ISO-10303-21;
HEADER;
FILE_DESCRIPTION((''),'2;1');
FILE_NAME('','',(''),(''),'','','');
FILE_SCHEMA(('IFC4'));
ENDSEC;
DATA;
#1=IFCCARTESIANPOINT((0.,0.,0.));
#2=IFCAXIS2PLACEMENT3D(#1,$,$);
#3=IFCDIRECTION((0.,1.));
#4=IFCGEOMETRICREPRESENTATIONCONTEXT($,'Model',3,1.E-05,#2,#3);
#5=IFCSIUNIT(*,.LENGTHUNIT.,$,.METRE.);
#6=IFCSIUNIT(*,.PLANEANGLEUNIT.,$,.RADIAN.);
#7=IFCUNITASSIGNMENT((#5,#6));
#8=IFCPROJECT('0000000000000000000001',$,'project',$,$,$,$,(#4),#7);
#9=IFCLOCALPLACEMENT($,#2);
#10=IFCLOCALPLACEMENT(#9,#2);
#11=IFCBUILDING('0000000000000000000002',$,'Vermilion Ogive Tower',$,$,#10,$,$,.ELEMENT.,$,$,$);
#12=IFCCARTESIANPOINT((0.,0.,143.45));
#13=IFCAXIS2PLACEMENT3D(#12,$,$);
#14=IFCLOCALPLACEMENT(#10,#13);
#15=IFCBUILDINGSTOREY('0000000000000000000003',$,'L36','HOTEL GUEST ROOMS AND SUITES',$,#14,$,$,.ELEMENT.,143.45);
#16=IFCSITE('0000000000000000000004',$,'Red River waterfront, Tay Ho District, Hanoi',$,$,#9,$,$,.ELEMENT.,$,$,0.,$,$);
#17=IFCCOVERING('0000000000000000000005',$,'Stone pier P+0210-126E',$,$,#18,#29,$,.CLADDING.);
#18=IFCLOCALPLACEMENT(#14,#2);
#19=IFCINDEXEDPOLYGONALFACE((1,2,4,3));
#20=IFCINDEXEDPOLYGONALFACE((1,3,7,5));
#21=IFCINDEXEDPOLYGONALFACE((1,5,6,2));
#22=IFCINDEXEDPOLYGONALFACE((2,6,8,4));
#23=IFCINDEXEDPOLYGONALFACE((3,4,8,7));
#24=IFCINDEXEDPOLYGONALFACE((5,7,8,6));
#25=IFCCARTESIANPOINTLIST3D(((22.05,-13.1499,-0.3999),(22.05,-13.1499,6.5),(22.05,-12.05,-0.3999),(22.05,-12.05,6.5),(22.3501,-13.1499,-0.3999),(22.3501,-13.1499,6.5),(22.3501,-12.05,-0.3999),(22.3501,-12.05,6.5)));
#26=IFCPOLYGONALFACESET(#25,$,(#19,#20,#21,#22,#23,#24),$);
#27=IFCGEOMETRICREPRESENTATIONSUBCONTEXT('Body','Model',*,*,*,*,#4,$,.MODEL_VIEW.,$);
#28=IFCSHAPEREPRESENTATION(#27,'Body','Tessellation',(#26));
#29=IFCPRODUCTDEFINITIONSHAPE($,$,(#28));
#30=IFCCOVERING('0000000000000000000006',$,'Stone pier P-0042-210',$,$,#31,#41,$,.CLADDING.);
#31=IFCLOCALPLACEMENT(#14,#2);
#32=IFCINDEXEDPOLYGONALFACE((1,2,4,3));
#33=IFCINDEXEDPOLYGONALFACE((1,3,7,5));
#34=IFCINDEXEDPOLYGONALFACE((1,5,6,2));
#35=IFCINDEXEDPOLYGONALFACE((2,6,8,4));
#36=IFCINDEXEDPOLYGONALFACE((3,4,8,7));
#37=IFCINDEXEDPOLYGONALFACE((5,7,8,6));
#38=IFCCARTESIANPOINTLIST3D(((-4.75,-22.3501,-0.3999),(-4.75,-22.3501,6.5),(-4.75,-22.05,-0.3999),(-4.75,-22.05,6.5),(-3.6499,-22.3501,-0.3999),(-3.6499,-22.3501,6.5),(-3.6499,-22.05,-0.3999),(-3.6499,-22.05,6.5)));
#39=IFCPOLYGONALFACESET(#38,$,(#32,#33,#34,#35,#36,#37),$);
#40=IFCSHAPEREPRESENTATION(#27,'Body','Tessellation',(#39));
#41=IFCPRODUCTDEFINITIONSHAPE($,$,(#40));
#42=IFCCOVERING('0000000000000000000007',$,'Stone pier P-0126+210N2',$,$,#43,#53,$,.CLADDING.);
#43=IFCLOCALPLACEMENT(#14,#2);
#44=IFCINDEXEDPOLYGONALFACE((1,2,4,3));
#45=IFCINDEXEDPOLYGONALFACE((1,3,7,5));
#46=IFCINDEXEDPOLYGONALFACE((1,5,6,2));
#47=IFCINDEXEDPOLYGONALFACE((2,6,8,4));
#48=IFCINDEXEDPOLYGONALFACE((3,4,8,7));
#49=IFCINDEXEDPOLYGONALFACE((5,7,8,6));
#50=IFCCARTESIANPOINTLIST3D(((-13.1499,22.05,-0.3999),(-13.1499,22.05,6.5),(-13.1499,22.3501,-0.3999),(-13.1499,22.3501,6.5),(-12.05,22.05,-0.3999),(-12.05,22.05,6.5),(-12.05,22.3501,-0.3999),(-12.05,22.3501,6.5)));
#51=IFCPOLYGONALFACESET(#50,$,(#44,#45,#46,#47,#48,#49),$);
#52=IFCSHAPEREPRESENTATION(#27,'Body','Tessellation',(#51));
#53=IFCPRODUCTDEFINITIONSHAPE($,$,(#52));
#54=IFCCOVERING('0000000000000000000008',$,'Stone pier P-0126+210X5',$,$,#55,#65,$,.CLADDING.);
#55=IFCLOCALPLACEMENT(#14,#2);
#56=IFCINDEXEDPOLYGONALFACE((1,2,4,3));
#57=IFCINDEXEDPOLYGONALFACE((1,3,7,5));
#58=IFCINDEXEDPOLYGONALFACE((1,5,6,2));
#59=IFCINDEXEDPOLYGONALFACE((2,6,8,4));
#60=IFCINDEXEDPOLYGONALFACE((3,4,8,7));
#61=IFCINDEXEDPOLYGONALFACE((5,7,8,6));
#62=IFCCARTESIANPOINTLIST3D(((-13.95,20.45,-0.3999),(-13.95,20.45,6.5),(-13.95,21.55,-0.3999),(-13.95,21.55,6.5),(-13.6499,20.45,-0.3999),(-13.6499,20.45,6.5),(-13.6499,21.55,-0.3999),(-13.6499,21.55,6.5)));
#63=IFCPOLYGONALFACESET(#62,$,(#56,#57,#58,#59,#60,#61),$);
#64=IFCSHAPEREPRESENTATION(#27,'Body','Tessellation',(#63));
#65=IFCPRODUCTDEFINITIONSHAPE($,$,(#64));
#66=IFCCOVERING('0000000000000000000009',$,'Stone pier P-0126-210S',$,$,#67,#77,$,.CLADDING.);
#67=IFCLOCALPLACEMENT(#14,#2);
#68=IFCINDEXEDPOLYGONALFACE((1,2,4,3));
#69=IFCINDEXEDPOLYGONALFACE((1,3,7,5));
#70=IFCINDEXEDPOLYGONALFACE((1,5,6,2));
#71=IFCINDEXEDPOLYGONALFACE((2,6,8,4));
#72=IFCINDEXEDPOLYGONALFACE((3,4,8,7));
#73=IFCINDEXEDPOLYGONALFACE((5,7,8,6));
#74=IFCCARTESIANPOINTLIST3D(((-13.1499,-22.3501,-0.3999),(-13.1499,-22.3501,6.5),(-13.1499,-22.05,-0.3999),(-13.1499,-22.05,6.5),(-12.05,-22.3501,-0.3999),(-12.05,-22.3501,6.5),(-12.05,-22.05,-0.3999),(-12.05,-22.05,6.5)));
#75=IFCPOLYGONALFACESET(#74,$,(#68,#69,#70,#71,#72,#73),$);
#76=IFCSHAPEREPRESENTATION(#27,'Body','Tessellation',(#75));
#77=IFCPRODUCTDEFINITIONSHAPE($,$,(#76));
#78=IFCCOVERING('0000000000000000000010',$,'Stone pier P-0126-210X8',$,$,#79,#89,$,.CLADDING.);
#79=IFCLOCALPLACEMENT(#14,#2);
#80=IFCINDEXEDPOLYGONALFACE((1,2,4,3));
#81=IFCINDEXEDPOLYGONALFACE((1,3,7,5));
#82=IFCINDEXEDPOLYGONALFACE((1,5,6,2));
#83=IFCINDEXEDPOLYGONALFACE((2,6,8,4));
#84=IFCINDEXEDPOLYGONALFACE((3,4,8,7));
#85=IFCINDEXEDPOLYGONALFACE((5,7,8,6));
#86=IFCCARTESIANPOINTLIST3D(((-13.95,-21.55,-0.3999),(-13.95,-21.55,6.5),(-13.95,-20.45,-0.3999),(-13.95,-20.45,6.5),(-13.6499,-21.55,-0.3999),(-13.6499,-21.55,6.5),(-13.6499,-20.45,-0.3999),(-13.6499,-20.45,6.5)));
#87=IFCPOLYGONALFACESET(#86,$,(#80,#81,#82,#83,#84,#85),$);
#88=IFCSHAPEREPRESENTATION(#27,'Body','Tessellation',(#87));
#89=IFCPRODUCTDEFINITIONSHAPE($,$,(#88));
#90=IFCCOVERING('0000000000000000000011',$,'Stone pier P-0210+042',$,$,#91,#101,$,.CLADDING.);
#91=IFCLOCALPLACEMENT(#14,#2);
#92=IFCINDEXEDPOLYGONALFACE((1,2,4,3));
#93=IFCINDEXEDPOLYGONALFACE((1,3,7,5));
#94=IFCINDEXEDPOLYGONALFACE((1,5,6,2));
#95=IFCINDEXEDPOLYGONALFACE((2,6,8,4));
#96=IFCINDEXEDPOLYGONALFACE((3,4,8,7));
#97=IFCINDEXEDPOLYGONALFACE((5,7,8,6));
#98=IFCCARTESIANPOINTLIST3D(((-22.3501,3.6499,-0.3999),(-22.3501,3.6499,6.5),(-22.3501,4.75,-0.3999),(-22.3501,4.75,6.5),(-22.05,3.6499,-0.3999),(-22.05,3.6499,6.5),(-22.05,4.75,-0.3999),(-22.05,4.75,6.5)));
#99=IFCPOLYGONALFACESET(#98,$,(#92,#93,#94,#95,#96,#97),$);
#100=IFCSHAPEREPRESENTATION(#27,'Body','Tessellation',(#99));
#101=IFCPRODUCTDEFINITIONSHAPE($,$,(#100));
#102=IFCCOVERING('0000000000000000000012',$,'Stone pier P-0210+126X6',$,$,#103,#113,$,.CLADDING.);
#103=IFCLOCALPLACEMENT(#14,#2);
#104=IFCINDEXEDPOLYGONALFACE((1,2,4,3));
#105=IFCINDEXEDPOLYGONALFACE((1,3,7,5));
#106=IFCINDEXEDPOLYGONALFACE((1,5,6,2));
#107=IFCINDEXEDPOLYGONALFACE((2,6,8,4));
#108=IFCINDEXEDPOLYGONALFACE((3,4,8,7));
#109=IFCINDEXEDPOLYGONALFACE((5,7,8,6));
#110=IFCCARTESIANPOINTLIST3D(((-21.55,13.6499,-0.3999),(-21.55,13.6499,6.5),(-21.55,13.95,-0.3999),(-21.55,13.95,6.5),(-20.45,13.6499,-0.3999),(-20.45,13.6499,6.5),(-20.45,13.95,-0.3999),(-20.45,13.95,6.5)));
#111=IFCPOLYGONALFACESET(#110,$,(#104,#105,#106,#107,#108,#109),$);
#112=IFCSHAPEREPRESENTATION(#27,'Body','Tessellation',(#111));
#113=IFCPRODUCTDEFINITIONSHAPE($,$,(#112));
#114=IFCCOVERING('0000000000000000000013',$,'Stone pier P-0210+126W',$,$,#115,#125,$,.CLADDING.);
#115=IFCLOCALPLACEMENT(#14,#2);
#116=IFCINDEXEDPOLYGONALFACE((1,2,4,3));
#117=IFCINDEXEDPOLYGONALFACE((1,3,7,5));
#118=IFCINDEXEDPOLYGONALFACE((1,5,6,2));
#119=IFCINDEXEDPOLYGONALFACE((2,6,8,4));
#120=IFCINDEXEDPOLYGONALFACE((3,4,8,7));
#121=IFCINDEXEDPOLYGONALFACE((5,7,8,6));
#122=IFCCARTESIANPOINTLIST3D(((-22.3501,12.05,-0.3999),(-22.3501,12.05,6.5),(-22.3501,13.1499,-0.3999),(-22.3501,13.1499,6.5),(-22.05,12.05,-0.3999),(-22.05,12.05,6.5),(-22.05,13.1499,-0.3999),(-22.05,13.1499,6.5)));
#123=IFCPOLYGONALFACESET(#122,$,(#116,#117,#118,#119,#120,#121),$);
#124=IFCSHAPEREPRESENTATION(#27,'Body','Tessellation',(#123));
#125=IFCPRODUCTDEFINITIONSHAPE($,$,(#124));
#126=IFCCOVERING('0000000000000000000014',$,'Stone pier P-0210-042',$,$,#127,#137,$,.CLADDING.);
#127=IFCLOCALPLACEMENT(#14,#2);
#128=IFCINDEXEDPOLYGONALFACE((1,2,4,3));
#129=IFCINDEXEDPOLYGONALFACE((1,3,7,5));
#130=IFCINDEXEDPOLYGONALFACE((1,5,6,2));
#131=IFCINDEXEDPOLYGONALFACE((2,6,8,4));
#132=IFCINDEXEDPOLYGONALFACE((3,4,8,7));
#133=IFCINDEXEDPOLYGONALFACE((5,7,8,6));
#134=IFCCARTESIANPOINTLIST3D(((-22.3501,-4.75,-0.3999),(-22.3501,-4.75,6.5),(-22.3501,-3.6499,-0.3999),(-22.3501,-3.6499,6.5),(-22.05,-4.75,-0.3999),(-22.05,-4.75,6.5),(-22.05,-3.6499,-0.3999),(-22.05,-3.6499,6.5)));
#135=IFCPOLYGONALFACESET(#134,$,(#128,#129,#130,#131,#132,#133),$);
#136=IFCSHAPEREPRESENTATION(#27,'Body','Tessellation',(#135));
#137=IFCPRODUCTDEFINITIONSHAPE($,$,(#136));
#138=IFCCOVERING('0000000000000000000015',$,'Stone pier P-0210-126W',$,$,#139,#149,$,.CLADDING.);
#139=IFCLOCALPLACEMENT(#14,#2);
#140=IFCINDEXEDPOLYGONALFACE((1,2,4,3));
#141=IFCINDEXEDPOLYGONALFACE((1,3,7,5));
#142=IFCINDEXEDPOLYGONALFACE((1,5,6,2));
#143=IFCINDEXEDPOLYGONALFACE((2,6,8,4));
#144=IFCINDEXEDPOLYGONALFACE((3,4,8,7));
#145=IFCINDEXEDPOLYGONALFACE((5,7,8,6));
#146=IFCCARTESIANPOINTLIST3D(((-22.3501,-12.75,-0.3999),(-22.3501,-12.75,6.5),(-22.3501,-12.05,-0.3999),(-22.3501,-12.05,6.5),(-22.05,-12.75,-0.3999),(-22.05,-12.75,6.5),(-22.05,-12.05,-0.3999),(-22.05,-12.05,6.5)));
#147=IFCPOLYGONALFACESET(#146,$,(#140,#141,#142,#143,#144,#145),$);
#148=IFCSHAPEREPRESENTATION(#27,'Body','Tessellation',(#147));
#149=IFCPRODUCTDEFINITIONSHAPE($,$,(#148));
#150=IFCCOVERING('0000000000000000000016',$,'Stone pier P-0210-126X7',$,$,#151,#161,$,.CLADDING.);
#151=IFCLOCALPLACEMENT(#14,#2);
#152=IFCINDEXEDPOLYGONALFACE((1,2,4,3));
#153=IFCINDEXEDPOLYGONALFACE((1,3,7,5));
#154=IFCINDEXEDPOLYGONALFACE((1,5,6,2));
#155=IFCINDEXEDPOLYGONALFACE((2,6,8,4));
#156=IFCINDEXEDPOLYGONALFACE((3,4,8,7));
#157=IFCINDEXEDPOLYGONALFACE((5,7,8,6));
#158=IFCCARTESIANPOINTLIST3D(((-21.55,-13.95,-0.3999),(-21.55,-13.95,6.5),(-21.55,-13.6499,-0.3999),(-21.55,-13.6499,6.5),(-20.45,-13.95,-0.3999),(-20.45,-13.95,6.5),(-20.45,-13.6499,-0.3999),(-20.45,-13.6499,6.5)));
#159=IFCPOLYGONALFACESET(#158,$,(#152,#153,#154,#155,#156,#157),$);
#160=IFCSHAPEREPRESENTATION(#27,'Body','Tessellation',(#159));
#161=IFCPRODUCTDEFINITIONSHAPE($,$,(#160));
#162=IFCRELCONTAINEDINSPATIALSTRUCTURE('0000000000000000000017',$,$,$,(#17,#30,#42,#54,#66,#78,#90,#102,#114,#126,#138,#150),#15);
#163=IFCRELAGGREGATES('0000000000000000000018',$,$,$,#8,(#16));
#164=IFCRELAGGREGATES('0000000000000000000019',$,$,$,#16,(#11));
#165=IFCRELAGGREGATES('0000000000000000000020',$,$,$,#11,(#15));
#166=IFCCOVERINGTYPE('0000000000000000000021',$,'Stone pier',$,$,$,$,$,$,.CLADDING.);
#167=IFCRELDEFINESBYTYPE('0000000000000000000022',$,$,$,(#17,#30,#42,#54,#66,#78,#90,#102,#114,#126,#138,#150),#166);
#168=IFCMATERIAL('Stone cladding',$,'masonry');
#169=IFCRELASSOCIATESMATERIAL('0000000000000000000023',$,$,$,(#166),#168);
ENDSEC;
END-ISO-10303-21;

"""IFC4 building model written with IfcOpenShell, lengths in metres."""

from ifc_helpers import new_model, si_unit, direction, frame, origin, place, context, subcontext, project, spatial, polyline, outline, extrude, material, type_object, element, save


model = new_model("IFC4")

# Units and contexts
model_context = context("Model", 3, precision=1e-05, world=origin(), true_north=direction((0.0, 1.0)))
body_context = subcontext(model_context, "Body", "Model", "MODEL_VIEW")
ifc_project = project(units=[si_unit("LENGTHUNIT", "METRE"), si_unit("PLANEANGLEUNIT", "RADIAN")], contexts=[model_context])

# Site, building, storey
site_placement = place(None, origin())
site = spatial("IfcSite", under=ifc_project, at=site_placement, Name="Red River waterfront, Tay Ho District, Hanoi", CompositionType="ELEMENT", RefElevation=0.0)
building_placement = place(site_placement, origin())
building = spatial("IfcBuilding", under=site, at=building_placement, Name="Vermilion Ogive Tower", CompositionType="ELEMENT")
storey_placement = place(building_placement, frame((0.0, 0.0, 143.45)))
storey = spatial("IfcBuildingStorey", under=building, at=storey_placement, Name="L36", Description="HOTEL GUEST ROOMS AND SUITES", CompositionType="ELEMENT", Elevation=143.45)

# Coverings
ifc_material_1 = material(Name="Stone cladding", Category="masonry")
covering_type = type_object("IfcCoveringType", Name="Stone pier", PredefinedType="CLADDING", material=ifc_material_1)
covering_1_placement = place(storey_placement, frame((0.0, 0.0, -0.3999)))
element("IfcCovering", 1, at=covering_1_placement, inside=storey, type_object=covering_type, Name="Stone pier P+0210-126E", PredefinedType="CLADDING", context=body_context, shape_type="SweptSolid", body=[
    extrude(outline(polyline([(22.3501, -13.1499), (22.05, -13.1499), (22.05, -12.05), (22.3501, -12.05), (22.3501, -13.1499)])), origin(), (0.0, 0.0, 1.0), 6.8999),
])
covering_2_placement = place(storey_placement, frame((0.0, 0.0, -0.3999)))
element("IfcCovering", 2, at=covering_2_placement, inside=storey, type_object=covering_type, Name="Stone pier P-0042-210", PredefinedType="CLADDING", context=body_context, shape_type="SweptSolid", body=[
    extrude(outline(polyline([(-3.6499, -22.3501), (-4.75, -22.3501), (-4.75, -22.05), (-3.6499, -22.05), (-3.6499, -22.3501)])), origin(), (0.0, 0.0, 1.0), 6.8999),
])
covering_3_placement = place(storey_placement, frame((0.0, 0.0, -0.3999)))
element("IfcCovering", 3, at=covering_3_placement, inside=storey, type_object=covering_type, Name="Stone pier P-0126+210N2", PredefinedType="CLADDING", context=body_context, shape_type="SweptSolid", body=[
    extrude(outline(polyline([(-13.1499, 22.3501), (-12.05, 22.3501), (-12.05, 22.05), (-13.1499, 22.05), (-13.1499, 22.3501)])), origin(), (0.0, 0.0, 1.0), 6.8999),
])
covering_4_placement = place(storey_placement, frame((0.0, 0.0, -0.3999)))
element("IfcCovering", 4, at=covering_4_placement, inside=storey, type_object=covering_type, Name="Stone pier P-0126+210X5", PredefinedType="CLADDING", context=body_context, shape_type="SweptSolid", body=[
    extrude(outline(polyline([(-13.95, 21.55), (-13.6499, 21.55), (-13.6499, 20.45), (-13.95, 20.45), (-13.95, 21.55)])), origin(), (0.0, 0.0, 1.0), 6.8999),
])
covering_5_placement = place(storey_placement, frame((0.0, 0.0, -0.3999)))
element("IfcCovering", 5, at=covering_5_placement, inside=storey, type_object=covering_type, Name="Stone pier P-0126-210S", PredefinedType="CLADDING", context=body_context, shape_type="SweptSolid", body=[
    extrude(outline(polyline([(-12.05, -22.3501), (-13.1499, -22.3501), (-13.1499, -22.05), (-12.05, -22.05), (-12.05, -22.3501)])), origin(), (0.0, 0.0, 1.0), 6.8999),
])
covering_6_placement = place(storey_placement, frame((0.0, 0.0, -0.3999)))
element("IfcCovering", 6, at=covering_6_placement, inside=storey, type_object=covering_type, Name="Stone pier P-0126-210X8", PredefinedType="CLADDING", context=body_context, shape_type="SweptSolid", body=[
    extrude(outline(polyline([(-13.95, -20.45), (-13.6499, -20.45), (-13.6499, -21.55), (-13.95, -21.55), (-13.95, -20.45)])), origin(), (0.0, 0.0, 1.0), 6.8999),
])
covering_7_placement = place(storey_placement, frame((0.0, 0.0, -0.3999)))
element("IfcCovering", 7, at=covering_7_placement, inside=storey, type_object=covering_type, Name="Stone pier P-0210+042", PredefinedType="CLADDING", context=body_context, shape_type="SweptSolid", body=[
    extrude(outline(polyline([(-22.3501, 3.6499), (-22.3501, 4.75), (-22.05, 4.75), (-22.05, 3.6499), (-22.3501, 3.6499)])), origin(), (0.0, 0.0, 1.0), 6.8999),
])
covering_8_placement = place(storey_placement, frame((0.0, 0.0, -0.3999)))
element("IfcCovering", 8, at=covering_8_placement, inside=storey, type_object=covering_type, Name="Stone pier P-0210+126X6", PredefinedType="CLADDING", context=body_context, shape_type="SweptSolid", body=[
    extrude(outline(polyline([(-21.55, 13.95), (-20.45, 13.95), (-20.45, 13.6499), (-21.55, 13.6499), (-21.55, 13.95)])), origin(), (0.0, 0.0, 1.0), 6.8999),
])
covering_9_placement = place(storey_placement, frame((0.0, 0.0, -0.3999)))
element("IfcCovering", 9, at=covering_9_placement, inside=storey, type_object=covering_type, Name="Stone pier P-0210+126W", PredefinedType="CLADDING", context=body_context, shape_type="SweptSolid", body=[
    extrude(outline(polyline([(-22.3501, 13.1499), (-22.05, 13.1499), (-22.05, 12.05), (-22.3501, 12.05), (-22.3501, 13.1499)])), origin(), (0.0, 0.0, 1.0), 6.8999),
])
covering_10_placement = place(storey_placement, frame((0.0, 0.0, -0.3999)))
element("IfcCovering", 10, at=covering_10_placement, inside=storey, type_object=covering_type, Name="Stone pier P-0210-042", PredefinedType="CLADDING", context=body_context, shape_type="SweptSolid", body=[
    extrude(outline(polyline([(-22.3501, -4.75), (-22.3501, -3.6499), (-22.05, -3.6499), (-22.05, -4.75), (-22.3501, -4.75)])), origin(), (0.0, 0.0, 1.0), 6.8999),
])
covering_11_placement = place(storey_placement, frame((0.0, 0.0, -0.3999)))
element("IfcCovering", 11, at=covering_11_placement, inside=storey, type_object=covering_type, Name="Stone pier P-0210-126W", PredefinedType="CLADDING", context=body_context, shape_type="SweptSolid", body=[
    extrude(outline(polyline([(-22.3501, -12.05), (-22.05, -12.05), (-22.05, -12.75), (-22.3501, -12.75), (-22.3501, -12.05)])), origin(), (0.0, 0.0, 1.0), 6.8999),
])
covering_12_placement = place(storey_placement, frame((0.0, 0.0, -0.3999)))
element("IfcCovering", 12, at=covering_12_placement, inside=storey, type_object=covering_type, Name="Stone pier P-0210-126X7", PredefinedType="CLADDING", context=body_context, shape_type="SweptSolid", body=[
    extrude(outline(polyline([(-21.55, -13.95), (-21.55, -13.6499), (-20.45, -13.6499), (-20.45, -13.95), (-21.55, -13.95)])), origin(), (0.0, 0.0, 1.0), 6.8999),
])

save(model, "model.ifc")
